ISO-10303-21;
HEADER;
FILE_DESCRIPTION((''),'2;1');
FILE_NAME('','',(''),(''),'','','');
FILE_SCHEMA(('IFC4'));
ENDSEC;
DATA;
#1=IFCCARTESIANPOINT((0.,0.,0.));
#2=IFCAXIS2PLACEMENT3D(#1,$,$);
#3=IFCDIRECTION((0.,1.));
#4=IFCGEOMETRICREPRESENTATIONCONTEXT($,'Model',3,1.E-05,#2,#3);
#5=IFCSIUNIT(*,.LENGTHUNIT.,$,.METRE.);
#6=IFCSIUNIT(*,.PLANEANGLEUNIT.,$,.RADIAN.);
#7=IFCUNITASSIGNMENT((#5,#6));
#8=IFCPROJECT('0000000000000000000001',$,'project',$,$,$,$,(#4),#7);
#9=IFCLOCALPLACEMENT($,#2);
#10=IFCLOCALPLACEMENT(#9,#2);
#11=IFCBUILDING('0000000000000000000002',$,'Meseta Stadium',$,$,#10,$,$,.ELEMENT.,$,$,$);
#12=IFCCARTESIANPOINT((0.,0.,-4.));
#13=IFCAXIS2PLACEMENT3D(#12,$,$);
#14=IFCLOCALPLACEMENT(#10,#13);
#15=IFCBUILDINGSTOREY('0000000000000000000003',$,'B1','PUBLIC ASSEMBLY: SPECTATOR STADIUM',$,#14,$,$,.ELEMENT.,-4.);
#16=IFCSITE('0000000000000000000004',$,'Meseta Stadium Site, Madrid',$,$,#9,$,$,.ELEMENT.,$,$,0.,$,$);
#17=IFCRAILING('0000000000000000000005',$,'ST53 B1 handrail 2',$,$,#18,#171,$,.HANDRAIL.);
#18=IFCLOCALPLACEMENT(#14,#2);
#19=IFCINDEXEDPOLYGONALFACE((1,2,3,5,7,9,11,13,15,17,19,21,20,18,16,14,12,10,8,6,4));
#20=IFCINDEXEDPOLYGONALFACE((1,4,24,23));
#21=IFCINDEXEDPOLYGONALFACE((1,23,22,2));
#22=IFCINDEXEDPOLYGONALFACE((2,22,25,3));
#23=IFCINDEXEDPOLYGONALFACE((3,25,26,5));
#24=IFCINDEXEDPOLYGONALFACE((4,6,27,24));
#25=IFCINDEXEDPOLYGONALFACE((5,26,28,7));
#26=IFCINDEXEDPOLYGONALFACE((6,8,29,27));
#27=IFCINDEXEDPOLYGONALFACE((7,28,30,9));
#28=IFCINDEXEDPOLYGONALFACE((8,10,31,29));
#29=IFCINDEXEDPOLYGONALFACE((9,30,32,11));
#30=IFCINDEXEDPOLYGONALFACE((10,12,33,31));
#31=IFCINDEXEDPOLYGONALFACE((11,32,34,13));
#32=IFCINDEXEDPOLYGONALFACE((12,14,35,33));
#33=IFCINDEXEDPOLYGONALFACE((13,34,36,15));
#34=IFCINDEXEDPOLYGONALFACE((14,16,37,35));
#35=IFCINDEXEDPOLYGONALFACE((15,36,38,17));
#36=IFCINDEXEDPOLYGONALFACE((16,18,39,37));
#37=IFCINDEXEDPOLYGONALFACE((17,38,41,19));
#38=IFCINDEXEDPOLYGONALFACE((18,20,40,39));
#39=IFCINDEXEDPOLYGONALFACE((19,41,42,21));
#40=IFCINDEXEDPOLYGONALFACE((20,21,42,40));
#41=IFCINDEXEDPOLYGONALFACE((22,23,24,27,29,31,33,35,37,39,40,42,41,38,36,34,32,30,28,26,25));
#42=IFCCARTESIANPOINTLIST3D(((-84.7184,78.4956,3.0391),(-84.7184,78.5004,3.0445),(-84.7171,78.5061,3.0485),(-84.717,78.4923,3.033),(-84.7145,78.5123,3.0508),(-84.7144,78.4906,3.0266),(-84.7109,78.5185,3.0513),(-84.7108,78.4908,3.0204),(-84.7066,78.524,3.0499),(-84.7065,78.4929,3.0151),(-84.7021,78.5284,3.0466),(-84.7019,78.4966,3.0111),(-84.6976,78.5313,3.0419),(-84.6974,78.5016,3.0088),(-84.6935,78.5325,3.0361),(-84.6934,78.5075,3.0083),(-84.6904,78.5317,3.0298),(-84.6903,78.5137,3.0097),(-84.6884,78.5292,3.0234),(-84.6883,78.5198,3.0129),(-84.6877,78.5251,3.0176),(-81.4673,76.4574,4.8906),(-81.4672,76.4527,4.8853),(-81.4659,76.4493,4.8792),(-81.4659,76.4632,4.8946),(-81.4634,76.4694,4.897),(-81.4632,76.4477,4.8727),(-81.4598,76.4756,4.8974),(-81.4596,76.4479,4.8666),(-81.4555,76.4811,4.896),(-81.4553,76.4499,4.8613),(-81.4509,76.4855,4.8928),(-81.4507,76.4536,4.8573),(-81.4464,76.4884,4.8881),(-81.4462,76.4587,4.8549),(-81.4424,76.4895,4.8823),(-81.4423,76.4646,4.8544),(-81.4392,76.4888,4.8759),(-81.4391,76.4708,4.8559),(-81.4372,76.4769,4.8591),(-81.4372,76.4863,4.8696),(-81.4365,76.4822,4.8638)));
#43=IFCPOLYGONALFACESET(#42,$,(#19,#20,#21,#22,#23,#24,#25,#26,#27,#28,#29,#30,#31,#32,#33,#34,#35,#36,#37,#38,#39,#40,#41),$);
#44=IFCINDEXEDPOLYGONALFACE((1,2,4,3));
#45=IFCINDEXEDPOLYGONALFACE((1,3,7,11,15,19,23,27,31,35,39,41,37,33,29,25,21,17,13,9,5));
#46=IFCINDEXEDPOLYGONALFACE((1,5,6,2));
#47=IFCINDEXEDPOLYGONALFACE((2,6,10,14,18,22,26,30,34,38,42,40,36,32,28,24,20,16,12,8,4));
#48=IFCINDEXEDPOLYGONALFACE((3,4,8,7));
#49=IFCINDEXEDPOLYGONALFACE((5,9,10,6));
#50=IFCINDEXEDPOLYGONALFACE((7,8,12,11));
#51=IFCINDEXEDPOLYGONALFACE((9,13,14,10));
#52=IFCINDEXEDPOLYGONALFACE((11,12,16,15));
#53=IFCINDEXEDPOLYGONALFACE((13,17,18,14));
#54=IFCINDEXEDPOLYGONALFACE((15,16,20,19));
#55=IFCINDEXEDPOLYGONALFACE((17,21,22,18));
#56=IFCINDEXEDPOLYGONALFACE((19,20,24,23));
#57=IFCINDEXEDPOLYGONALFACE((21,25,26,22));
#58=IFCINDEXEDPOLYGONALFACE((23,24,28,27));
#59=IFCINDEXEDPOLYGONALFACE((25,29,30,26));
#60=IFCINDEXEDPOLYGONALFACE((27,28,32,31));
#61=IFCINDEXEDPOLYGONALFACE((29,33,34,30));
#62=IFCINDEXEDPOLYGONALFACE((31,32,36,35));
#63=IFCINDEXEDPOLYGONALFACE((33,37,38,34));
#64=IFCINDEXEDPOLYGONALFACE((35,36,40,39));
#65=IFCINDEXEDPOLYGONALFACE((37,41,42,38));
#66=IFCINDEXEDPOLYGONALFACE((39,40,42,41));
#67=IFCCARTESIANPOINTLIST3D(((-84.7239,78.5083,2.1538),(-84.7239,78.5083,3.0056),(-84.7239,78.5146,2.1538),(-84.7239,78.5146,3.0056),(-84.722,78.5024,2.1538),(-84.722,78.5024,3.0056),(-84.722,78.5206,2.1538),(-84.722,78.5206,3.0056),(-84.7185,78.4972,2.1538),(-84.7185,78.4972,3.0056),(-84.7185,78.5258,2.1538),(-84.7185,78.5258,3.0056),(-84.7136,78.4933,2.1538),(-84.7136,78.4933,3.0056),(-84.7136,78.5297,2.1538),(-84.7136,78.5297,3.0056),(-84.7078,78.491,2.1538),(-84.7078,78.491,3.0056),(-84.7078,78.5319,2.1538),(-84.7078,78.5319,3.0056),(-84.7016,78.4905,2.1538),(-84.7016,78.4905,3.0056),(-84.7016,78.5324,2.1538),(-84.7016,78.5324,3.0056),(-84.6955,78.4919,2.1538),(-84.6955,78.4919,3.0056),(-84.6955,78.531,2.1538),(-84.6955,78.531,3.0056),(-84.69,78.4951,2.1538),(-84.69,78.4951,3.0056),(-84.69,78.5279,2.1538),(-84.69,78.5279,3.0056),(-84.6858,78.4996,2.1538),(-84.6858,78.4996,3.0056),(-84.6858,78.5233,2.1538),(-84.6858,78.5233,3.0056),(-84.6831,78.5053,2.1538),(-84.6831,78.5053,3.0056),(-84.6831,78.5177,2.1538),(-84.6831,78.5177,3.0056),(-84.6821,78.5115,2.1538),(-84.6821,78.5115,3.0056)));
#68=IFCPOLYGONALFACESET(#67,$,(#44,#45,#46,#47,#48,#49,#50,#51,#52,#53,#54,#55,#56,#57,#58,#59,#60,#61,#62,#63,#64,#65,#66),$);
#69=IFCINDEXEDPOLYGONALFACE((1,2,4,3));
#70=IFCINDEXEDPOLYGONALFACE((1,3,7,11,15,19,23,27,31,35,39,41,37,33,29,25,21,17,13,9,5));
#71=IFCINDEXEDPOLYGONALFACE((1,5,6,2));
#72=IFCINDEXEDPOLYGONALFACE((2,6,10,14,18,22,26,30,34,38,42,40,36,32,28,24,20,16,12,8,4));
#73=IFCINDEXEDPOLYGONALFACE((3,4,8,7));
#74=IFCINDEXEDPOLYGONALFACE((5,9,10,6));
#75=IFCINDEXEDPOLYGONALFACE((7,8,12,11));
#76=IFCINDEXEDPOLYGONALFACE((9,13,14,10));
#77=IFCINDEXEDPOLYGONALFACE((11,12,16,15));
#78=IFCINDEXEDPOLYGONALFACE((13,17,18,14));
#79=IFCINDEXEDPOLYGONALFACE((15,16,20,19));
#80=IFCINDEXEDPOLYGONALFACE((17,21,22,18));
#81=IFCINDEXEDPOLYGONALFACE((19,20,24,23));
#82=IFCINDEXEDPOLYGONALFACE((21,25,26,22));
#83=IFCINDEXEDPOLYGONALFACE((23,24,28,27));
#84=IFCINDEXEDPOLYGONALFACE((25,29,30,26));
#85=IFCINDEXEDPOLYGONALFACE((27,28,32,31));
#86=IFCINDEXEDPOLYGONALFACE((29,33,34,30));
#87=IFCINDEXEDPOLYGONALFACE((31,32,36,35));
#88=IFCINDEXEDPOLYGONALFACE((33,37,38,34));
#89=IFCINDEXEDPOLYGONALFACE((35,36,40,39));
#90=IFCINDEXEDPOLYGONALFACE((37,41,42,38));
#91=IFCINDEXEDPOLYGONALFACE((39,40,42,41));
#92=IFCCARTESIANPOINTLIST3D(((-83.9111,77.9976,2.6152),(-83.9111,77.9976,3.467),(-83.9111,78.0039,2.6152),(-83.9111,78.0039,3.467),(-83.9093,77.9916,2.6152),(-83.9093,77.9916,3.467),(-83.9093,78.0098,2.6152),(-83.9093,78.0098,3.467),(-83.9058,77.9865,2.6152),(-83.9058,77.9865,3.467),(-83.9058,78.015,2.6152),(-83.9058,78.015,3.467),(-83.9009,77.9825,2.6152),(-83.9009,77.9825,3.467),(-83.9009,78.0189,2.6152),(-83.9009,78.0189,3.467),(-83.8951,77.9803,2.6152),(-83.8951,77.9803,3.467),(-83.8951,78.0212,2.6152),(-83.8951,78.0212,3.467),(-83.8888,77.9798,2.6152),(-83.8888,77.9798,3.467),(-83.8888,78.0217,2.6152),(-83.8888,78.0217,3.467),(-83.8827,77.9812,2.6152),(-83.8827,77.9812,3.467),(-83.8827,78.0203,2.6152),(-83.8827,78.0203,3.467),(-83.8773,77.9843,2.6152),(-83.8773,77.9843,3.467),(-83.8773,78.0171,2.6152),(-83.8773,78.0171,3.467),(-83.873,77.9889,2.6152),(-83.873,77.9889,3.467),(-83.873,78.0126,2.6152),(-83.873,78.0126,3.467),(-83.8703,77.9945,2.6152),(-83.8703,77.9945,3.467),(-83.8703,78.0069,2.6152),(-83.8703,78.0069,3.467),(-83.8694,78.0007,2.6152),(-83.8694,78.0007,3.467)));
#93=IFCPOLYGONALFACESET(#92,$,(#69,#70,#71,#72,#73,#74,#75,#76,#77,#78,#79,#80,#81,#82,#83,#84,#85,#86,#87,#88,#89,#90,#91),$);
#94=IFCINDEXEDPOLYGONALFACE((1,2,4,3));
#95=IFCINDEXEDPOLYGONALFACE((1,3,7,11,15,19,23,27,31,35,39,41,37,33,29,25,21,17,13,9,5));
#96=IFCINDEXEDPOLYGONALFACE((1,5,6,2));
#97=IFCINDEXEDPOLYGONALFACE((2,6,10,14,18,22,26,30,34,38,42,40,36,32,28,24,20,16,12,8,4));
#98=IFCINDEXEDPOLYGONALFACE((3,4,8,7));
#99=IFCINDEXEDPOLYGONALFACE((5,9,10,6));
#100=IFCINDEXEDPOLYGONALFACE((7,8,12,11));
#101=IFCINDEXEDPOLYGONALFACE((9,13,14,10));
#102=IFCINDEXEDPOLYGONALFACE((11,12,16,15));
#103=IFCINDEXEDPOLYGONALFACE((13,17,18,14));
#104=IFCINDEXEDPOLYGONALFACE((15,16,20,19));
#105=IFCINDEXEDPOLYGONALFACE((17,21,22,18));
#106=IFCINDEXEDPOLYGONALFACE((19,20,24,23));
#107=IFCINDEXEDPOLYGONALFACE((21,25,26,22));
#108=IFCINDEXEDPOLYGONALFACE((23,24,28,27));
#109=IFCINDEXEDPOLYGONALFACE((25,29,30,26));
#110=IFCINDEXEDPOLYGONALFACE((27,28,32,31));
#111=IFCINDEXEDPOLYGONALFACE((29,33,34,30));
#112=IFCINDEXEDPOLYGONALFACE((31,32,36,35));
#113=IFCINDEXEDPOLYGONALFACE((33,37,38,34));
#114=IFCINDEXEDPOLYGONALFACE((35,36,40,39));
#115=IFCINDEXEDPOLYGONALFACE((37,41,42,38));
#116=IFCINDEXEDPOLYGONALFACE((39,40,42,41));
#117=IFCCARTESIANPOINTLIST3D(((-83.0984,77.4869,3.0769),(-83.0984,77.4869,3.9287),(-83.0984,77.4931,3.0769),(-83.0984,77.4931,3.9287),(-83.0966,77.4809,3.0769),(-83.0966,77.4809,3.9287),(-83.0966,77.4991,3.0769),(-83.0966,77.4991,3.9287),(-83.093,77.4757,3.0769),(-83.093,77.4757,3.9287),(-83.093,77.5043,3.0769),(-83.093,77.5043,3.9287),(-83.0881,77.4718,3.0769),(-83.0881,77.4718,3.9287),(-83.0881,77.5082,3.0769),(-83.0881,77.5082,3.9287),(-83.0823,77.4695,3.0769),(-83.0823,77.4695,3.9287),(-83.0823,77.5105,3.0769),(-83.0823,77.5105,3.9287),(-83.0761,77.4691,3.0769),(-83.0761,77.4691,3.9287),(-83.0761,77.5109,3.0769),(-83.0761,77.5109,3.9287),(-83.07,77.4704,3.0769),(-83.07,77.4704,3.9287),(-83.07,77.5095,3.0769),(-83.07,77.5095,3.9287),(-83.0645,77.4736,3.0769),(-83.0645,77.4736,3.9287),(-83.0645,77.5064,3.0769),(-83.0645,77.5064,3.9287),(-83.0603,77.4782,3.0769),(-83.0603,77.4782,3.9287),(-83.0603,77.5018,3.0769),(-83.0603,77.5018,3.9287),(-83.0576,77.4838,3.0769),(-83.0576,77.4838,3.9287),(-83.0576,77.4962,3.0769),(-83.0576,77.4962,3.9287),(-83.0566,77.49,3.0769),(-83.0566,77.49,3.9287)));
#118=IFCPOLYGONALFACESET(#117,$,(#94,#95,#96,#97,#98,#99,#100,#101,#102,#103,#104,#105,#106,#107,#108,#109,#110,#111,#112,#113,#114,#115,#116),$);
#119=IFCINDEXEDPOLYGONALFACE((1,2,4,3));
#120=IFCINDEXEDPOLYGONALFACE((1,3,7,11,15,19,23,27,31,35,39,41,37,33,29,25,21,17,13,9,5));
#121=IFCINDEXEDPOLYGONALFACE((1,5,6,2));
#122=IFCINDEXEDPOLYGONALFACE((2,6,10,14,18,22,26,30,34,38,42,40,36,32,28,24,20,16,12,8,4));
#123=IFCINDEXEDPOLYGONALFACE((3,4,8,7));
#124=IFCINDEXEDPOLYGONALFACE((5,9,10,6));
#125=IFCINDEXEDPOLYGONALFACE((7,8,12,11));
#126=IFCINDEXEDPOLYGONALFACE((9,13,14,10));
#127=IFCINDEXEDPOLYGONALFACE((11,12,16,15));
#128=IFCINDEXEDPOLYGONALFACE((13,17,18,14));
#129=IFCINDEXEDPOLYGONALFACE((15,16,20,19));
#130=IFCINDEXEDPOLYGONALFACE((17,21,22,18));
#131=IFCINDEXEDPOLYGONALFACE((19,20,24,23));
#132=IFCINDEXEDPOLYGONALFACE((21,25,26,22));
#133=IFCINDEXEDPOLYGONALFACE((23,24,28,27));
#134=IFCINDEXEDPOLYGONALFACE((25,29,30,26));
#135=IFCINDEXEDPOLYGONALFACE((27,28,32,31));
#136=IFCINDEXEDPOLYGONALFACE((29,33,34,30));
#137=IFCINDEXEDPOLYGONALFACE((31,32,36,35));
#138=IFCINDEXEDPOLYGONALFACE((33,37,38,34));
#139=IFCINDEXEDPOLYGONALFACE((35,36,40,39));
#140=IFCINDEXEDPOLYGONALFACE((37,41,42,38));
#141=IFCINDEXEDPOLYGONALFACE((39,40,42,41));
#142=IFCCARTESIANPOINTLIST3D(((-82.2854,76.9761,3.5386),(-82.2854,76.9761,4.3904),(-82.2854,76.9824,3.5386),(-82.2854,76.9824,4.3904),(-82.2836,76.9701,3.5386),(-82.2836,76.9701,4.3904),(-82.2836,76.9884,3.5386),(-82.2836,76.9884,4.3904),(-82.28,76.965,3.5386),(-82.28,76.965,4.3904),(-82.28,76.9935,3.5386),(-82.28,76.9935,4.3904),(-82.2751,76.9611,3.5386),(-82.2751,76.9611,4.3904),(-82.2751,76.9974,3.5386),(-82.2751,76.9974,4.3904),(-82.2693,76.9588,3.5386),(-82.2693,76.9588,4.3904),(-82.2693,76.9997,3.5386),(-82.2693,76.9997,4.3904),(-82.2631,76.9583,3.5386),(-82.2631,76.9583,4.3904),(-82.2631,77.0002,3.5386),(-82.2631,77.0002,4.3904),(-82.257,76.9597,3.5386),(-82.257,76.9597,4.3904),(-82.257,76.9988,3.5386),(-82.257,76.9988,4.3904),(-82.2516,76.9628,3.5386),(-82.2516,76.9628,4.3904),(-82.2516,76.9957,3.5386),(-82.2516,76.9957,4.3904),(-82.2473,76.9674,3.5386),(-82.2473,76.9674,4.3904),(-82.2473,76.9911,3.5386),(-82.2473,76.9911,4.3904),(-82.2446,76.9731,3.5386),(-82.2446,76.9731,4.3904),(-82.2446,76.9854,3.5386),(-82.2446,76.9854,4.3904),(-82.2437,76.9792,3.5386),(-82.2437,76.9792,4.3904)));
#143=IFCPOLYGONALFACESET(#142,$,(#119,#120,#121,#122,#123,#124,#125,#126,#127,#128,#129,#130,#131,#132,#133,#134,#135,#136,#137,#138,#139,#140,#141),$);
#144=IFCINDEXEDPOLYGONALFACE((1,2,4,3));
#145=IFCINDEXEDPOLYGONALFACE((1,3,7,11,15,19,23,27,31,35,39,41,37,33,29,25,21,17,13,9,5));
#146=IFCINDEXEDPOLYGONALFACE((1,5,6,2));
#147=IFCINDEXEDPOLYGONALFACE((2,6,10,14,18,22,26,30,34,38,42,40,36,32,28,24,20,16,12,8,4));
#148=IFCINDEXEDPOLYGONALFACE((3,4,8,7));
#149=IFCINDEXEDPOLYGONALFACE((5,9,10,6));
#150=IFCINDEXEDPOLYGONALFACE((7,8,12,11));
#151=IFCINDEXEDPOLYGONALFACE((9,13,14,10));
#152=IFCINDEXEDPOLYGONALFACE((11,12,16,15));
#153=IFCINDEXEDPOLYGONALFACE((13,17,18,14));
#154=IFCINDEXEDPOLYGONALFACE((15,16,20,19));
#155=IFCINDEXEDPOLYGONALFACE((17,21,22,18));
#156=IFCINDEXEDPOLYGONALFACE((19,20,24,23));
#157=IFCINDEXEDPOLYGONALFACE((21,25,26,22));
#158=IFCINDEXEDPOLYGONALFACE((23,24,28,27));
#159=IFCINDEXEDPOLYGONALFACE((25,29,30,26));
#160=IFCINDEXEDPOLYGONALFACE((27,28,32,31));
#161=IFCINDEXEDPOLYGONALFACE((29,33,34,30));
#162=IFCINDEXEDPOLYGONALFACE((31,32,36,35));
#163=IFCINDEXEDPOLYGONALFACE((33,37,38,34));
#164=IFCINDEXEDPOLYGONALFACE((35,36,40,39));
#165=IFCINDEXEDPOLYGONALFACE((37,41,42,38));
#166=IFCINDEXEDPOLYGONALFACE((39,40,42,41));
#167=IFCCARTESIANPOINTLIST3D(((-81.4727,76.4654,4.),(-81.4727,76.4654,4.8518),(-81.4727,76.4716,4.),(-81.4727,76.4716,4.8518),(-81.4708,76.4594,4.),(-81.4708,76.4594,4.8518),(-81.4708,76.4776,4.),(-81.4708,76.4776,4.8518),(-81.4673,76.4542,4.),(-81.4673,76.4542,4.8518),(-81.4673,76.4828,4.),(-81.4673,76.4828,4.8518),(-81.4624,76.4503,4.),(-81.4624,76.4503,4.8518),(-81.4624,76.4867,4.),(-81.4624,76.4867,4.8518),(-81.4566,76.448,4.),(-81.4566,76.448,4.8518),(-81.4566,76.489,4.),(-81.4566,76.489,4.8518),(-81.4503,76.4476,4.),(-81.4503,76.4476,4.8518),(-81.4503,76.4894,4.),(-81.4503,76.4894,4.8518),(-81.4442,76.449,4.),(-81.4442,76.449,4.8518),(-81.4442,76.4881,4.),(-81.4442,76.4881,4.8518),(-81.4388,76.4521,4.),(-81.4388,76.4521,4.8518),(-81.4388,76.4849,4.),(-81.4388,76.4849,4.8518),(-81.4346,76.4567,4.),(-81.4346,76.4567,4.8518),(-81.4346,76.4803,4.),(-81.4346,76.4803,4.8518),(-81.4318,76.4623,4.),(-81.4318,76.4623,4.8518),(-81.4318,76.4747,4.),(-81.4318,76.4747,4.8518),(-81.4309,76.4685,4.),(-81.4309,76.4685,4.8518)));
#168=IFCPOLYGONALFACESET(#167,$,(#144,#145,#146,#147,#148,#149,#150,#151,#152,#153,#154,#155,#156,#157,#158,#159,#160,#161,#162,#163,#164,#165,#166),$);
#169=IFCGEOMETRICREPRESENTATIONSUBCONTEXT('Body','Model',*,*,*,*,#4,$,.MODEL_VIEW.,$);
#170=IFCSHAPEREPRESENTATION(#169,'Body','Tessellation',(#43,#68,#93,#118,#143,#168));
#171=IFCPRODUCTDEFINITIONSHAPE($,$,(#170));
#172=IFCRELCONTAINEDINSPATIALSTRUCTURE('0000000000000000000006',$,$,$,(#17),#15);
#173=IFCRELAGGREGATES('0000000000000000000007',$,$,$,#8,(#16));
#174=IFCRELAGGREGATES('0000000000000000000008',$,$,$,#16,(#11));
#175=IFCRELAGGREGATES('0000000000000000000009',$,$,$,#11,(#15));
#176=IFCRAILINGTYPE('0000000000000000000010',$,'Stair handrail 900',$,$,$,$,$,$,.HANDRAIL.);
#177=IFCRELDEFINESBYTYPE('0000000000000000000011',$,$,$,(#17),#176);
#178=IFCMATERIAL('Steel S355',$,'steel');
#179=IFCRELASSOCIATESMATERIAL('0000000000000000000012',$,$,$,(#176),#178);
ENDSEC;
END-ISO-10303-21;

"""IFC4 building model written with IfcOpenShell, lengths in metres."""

from ifc_helpers import new_model, si_unit, direction, frame, origin, origin_2d, place, context, subcontext, project, spatial, circle, extrude, material, type_object, element, save


model = new_model("IFC4")

# Units and contexts
model_context = context("Model", 3, precision=1e-05, world=origin(), true_north=direction((0.0, 1.0)))
body_context = subcontext(model_context, "Body", "Model", "MODEL_VIEW")
ifc_project = project(units=[si_unit("LENGTHUNIT", "METRE"), si_unit("PLANEANGLEUNIT", "RADIAN")], contexts=[model_context])

# Site, building, storey
site_placement = place(None, origin())
site = spatial("IfcSite", under=ifc_project, at=site_placement, Name="Meseta Stadium Site, Madrid", CompositionType="ELEMENT", RefElevation=0.0)
building_placement = place(site_placement, origin())
building = spatial("IfcBuilding", under=site, at=building_placement, Name="Meseta Stadium", CompositionType="ELEMENT")
storey_placement = place(building_placement, frame((0.0, 0.0, -4.0)))
storey = spatial("IfcBuildingStorey", under=building, at=storey_placement, Name="B1", Description="PUBLIC ASSEMBLY: SPECTATOR STADIUM", CompositionType="ELEMENT", Elevation=-4.0)

# Railing
ifc_material_1 = material(Name="Steel S355", Category="steel")
railing_type_1 = type_object("IfcRailingType", Name="Stair handrail 900", PredefinedType="HANDRAIL", material=ifc_material_1)
railing_1_placement = place(storey_placement, frame((-84.7031, 78.5115, 2.1538)))
element("IfcRailing", 1, at=railing_1_placement, inside=storey, type_object=railing_type_1, Name="ST53 B1 handrail 2", PredefinedType="HANDRAIL", context=body_context, shape_type="SweptSolid", body=[
    extrude(circle(Radius=0.0239, at=origin_2d()), frame((0.0, 0.0, 0.876), z_axis=(0.763093, -0.479504, 0.433319), x_axis=(0.532049, 0.846713, 0.0)), (0.0, 0.0, 1.0), 4.2605),
    extrude(circle(Radius=0.021, at=origin_2d()), origin(), (0.0, 0.0, 1.0), 0.8518),
    extrude(circle(Radius=0.021, at=origin_2d()), frame((0.8127, -0.5107, 0.4614)), (0.0, 0.0, 1.0), 0.8518),
    extrude(circle(Radius=0.021, at=origin_2d()), frame((1.6255, -1.0215, 0.9231)), (0.0, 0.0, 1.0), 0.8518),
    extrude(circle(Radius=0.021, at=origin_2d()), frame((2.4385, -1.5322, 1.3848)), (0.0, 0.0, 1.0), 0.8518),
    extrude(circle(Radius=0.021, at=origin_2d()), frame((3.2512, -2.043, 1.8462)), (0.0, 0.0, 1.0), 0.8518),
])

save(model, "model.ifc")
